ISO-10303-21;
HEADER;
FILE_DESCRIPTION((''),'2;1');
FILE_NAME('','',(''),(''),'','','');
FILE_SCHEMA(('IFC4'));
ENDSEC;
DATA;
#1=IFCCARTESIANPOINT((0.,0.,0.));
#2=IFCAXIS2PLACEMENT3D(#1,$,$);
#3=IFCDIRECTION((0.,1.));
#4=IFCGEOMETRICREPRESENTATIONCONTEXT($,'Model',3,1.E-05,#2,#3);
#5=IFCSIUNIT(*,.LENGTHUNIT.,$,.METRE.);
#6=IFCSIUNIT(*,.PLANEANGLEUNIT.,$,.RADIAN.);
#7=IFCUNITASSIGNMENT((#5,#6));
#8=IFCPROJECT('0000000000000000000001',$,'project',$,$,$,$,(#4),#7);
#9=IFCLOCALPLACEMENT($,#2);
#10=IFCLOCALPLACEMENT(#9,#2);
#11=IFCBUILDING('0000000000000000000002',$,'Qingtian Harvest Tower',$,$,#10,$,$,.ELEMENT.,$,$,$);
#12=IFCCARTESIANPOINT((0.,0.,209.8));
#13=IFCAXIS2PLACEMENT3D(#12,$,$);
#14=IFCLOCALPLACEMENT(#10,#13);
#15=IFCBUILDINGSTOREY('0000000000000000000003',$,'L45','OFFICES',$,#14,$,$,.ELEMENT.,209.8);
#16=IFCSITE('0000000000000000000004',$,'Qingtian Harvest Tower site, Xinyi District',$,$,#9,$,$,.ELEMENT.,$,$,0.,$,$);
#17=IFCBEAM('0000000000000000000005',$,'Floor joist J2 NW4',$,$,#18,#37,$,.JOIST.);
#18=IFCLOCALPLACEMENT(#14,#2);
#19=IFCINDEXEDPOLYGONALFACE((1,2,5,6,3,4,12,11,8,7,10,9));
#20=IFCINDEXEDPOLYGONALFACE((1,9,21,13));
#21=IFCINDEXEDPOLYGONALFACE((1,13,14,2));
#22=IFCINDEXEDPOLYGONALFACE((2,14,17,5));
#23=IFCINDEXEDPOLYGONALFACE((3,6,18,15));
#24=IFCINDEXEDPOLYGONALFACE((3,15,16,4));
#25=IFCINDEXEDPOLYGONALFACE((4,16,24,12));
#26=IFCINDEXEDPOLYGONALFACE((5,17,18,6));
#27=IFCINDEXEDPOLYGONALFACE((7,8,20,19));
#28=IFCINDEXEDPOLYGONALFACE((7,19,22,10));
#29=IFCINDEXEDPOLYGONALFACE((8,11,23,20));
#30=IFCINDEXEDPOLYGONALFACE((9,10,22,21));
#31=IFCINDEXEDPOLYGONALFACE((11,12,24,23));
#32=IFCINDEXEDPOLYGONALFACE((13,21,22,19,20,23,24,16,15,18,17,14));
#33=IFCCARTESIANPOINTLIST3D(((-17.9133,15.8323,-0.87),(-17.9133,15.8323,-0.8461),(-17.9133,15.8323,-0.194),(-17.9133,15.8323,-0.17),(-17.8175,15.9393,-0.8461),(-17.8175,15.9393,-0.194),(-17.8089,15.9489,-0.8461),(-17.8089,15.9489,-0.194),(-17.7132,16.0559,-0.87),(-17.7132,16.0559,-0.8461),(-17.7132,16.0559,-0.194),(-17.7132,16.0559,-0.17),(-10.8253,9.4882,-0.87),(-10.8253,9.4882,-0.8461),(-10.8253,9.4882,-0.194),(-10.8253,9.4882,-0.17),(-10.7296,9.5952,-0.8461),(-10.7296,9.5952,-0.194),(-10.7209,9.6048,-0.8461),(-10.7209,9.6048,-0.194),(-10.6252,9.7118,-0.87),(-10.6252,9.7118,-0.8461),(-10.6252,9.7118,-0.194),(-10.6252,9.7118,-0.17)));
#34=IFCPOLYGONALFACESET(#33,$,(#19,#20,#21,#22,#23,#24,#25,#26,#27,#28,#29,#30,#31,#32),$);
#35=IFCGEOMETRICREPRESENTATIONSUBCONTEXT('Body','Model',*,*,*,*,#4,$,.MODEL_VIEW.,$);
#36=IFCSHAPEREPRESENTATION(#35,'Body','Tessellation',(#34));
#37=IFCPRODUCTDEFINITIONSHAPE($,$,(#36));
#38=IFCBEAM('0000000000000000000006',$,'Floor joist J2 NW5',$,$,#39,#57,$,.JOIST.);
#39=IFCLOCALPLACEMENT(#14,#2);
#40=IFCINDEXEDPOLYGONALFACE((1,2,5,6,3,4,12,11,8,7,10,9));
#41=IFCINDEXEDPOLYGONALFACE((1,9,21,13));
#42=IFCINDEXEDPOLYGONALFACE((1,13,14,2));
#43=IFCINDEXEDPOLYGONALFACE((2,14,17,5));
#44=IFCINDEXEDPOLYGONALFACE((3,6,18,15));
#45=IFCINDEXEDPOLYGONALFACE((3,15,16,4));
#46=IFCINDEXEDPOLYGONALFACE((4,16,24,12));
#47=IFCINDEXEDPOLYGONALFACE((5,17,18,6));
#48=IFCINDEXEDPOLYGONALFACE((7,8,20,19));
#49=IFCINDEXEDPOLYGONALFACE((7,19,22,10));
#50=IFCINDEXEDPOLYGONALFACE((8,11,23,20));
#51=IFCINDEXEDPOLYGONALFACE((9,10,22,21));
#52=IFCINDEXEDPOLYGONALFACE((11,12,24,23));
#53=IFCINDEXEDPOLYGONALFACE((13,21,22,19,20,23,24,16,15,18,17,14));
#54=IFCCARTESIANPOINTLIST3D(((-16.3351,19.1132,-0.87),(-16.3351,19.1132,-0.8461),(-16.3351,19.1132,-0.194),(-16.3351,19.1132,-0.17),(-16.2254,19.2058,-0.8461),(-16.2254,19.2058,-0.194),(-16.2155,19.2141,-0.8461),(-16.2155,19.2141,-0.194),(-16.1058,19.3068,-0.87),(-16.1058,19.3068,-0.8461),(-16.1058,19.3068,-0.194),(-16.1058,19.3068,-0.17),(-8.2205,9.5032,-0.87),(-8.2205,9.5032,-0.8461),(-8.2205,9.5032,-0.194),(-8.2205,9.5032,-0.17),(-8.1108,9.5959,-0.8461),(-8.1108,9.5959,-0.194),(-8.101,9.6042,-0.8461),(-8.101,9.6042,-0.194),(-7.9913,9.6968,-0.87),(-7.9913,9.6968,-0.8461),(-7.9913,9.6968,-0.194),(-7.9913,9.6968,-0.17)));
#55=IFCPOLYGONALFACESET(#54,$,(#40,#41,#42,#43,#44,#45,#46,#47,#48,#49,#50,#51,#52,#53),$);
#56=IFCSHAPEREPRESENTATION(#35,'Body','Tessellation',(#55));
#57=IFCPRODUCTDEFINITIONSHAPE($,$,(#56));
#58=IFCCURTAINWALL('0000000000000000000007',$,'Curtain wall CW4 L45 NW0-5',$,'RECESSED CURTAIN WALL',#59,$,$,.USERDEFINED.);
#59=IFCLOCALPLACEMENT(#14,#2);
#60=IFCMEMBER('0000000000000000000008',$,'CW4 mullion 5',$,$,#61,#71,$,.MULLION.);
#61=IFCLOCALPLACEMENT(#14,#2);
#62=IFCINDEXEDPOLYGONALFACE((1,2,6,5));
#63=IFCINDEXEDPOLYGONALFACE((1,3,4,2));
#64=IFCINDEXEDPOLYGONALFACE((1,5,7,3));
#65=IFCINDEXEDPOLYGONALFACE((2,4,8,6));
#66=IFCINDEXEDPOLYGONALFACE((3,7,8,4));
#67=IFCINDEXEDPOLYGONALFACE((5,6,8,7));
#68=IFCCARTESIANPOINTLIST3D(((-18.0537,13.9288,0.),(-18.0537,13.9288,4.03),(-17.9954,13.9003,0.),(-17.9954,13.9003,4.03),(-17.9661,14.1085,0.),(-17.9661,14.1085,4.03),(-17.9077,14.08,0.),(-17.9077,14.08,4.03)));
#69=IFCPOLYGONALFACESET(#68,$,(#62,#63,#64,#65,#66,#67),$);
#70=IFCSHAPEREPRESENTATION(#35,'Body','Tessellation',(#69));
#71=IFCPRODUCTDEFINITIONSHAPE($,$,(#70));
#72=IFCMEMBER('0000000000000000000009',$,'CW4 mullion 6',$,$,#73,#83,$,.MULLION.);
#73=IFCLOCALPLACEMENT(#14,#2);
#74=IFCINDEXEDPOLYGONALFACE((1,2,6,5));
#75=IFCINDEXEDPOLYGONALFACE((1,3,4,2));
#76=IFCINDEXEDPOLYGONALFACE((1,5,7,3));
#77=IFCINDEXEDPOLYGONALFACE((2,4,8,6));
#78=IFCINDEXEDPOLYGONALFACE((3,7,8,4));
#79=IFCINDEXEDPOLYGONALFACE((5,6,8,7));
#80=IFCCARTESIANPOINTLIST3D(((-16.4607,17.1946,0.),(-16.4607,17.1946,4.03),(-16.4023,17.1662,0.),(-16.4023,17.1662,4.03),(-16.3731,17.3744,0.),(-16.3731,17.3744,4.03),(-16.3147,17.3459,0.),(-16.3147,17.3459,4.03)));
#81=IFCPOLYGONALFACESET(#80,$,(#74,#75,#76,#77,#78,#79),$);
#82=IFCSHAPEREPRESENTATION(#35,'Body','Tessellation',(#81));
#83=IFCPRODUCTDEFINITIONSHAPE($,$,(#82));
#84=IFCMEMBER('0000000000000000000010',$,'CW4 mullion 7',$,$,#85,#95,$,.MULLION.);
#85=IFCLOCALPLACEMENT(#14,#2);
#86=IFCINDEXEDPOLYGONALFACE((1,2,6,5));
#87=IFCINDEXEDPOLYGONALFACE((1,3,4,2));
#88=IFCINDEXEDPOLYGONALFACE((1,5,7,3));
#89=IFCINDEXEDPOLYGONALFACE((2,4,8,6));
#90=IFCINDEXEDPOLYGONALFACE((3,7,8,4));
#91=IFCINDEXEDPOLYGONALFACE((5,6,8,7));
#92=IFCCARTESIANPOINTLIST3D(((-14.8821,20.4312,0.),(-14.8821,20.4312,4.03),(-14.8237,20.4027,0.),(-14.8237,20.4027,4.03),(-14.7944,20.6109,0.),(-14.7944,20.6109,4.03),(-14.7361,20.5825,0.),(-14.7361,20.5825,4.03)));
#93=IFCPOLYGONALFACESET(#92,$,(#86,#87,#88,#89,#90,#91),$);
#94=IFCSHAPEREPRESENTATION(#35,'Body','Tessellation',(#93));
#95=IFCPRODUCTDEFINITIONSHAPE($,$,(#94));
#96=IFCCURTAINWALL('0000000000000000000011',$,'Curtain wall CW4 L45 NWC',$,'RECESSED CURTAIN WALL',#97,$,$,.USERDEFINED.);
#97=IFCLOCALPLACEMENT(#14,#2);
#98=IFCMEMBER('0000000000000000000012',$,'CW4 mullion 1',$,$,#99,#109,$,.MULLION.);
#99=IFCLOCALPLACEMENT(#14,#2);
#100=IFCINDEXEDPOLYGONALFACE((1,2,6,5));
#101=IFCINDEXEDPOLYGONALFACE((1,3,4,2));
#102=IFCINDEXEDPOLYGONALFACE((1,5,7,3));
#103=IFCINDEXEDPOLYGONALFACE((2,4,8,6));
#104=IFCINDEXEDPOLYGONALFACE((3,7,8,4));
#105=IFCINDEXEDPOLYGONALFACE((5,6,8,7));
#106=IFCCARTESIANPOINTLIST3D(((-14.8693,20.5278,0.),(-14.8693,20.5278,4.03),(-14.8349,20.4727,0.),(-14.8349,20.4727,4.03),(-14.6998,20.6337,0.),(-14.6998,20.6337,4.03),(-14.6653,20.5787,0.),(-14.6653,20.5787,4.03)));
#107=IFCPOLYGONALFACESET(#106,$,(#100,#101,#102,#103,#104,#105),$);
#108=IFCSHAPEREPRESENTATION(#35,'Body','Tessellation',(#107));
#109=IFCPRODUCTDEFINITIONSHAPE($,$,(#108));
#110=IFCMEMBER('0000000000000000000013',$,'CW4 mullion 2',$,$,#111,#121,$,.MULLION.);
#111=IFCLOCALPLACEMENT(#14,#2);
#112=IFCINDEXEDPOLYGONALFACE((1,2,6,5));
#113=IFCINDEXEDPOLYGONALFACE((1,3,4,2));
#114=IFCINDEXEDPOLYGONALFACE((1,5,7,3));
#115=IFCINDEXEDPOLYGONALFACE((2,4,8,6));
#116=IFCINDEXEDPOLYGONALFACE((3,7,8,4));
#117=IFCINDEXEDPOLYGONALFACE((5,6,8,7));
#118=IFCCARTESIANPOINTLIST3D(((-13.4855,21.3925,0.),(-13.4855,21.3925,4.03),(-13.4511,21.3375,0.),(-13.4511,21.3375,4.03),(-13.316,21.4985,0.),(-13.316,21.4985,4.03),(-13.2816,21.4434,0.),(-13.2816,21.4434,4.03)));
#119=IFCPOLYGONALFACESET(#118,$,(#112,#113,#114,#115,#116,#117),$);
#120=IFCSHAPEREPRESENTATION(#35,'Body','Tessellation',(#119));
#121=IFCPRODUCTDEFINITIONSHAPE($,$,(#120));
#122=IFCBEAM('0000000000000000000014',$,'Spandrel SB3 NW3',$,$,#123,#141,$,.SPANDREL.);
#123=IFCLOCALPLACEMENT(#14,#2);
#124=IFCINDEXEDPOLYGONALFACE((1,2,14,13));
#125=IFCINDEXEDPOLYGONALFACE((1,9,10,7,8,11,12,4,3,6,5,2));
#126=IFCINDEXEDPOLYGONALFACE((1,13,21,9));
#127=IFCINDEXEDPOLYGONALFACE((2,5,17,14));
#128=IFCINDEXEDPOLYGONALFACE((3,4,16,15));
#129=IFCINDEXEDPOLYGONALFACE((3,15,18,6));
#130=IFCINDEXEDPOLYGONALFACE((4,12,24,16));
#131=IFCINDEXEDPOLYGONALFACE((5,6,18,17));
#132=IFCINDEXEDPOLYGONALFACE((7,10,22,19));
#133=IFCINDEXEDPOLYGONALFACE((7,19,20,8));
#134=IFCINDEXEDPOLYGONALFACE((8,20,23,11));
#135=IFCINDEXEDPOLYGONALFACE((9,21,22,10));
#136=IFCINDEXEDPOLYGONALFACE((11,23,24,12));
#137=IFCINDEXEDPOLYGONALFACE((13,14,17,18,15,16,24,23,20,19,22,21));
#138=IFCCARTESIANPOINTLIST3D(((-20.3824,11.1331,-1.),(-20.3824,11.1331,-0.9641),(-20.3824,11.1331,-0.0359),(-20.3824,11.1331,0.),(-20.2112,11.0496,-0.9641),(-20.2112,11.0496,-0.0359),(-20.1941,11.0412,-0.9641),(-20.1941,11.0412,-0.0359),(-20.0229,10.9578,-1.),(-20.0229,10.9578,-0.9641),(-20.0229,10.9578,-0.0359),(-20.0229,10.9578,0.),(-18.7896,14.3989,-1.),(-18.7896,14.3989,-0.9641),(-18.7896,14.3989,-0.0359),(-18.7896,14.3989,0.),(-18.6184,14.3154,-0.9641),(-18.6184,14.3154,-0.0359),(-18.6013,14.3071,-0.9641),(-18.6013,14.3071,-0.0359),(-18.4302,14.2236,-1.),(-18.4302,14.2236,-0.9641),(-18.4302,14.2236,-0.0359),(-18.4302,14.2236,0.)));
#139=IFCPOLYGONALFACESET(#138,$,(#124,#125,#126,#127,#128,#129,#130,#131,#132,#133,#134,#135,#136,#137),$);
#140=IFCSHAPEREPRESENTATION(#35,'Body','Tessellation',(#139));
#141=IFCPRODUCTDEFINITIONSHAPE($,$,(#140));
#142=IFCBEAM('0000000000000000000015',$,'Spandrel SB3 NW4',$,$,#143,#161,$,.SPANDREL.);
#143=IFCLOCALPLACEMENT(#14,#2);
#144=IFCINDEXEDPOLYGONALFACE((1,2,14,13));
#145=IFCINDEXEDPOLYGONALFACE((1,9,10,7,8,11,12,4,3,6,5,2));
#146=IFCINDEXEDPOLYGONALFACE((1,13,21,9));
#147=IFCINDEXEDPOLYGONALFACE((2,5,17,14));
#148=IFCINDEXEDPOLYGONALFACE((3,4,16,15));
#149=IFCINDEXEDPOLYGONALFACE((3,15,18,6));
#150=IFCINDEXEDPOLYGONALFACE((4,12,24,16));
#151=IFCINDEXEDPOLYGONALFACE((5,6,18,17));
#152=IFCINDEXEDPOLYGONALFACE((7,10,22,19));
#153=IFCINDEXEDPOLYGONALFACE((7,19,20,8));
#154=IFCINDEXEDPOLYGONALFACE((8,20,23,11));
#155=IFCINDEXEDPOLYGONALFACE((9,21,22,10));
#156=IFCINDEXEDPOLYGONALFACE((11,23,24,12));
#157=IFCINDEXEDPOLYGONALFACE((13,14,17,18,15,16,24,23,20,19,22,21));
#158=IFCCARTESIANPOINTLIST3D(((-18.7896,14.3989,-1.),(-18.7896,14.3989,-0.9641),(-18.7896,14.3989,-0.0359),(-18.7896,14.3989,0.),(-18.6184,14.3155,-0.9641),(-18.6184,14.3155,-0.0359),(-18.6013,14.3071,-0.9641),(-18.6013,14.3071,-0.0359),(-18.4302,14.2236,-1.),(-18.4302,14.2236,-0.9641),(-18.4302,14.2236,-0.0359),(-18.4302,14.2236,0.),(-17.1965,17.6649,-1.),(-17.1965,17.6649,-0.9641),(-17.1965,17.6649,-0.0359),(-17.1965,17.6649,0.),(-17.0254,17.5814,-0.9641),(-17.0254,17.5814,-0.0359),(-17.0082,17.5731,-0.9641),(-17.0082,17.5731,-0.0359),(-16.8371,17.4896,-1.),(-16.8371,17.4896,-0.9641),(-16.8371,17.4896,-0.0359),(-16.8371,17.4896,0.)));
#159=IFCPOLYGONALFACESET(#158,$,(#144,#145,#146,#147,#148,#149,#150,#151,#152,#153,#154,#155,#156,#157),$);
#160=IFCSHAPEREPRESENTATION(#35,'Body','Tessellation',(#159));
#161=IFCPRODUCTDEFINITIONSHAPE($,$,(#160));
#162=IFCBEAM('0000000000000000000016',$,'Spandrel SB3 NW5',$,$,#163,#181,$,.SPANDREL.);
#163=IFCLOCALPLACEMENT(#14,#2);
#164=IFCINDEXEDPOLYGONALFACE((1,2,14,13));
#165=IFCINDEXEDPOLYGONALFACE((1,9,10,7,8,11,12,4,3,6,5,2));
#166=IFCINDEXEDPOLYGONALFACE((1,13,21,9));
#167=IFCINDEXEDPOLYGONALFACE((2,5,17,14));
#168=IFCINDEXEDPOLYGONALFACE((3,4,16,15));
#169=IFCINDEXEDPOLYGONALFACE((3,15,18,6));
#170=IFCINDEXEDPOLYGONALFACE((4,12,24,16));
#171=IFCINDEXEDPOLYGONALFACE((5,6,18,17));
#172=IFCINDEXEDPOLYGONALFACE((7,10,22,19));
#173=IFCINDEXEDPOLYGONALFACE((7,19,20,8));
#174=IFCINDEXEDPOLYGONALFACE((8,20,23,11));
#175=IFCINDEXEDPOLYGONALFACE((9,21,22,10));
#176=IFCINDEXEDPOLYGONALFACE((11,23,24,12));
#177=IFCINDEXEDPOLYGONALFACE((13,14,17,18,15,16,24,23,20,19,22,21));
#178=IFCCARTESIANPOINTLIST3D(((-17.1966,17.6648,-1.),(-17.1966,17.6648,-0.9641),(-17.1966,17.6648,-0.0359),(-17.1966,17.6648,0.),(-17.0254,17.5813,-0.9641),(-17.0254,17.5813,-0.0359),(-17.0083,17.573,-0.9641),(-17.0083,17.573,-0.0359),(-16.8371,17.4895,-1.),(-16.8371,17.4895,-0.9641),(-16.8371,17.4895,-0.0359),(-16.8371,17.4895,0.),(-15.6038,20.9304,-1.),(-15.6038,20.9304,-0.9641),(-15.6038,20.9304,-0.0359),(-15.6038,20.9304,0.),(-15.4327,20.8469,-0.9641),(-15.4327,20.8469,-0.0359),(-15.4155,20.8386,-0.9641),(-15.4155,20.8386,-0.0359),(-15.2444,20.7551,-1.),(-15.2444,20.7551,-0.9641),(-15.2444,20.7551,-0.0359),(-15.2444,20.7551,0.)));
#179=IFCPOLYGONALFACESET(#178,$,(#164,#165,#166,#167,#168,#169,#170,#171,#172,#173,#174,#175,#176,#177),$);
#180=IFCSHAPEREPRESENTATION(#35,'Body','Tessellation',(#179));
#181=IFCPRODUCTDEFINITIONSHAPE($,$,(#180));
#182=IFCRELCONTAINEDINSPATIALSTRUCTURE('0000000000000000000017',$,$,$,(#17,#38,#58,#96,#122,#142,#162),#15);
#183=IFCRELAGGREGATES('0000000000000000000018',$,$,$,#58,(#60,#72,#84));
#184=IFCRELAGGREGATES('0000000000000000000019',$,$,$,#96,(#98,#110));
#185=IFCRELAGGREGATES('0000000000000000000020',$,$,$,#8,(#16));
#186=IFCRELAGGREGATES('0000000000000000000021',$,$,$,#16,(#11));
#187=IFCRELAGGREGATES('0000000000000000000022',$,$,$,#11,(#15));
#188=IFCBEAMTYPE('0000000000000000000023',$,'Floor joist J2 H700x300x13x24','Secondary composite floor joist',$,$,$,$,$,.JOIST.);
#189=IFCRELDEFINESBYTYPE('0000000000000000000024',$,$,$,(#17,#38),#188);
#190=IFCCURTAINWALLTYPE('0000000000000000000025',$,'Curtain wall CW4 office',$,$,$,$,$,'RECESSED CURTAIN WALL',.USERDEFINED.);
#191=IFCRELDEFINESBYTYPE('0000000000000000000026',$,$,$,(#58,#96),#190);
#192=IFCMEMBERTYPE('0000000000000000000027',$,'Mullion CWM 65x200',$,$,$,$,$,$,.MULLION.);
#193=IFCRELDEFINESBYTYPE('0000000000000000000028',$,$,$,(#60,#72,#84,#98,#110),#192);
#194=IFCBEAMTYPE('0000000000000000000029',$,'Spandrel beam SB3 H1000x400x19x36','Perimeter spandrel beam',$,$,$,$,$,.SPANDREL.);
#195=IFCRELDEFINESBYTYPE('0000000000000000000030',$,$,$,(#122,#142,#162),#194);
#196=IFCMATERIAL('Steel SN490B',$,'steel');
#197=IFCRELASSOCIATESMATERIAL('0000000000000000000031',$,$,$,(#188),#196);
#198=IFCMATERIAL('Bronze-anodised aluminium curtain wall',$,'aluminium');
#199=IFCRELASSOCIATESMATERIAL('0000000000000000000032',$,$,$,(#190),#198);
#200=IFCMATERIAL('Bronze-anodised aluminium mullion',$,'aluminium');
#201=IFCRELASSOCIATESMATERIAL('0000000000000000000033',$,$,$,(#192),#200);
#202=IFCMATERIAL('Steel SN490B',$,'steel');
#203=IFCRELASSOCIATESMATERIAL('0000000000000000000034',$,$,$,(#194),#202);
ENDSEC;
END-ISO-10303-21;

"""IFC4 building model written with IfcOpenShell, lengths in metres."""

from ifc_helpers import new_model, si_unit, direction, frame, origin, origin_2d, place, context, subcontext, project, spatial, rectangle, i_section, extrude, material, material_profile, profile_set, type_object, element, aggregate, save


model = new_model("IFC4")

# Units and contexts
model_context = context("Model", 3, precision=1e-05, world=origin(), true_north=direction((0.0, 1.0)))
body_context = subcontext(model_context, "Body", "Model", "MODEL_VIEW")
ifc_project = project(units=[si_unit("LENGTHUNIT", "METRE"), si_unit("PLANEANGLEUNIT", "RADIAN")], contexts=[model_context])

# Site, building, storey
site_placement = place(None, origin())
site = spatial("IfcSite", under=ifc_project, at=site_placement, Name="Qingtian Harvest Tower site, Xinyi District", CompositionType="ELEMENT", RefElevation=0.0)
building_placement = place(site_placement, origin())
building = spatial("IfcBuilding", under=site, at=building_placement, Name="Qingtian Harvest Tower", CompositionType="ELEMENT")
storey_placement = place(building_placement, frame((0.0, 0.0, 209.8)))
storey = spatial("IfcBuildingStorey", under=building, at=storey_placement, Name="L45", Description="OFFICES", CompositionType="ELEMENT", Elevation=209.8)

# Beams
ifc_material_1 = material(Name="Steel SN490B", Category="steel")
ifc_material_profile_1 = material_profile(ifc_material_1, i_section(OverallWidth=0.3, OverallDepth=0.7, WebThickness=0.0129, FlangeThickness=0.0239, at=origin_2d()), Name="H700x300x13x24")
ifc_profile_set_1 = profile_set([ifc_material_profile_1], Name="Steel SN490B")
beam_type_1 = type_object("IfcBeamType", Name="Floor joist J2 H700x300x13x24", Description="Secondary composite floor joist", PredefinedType="JOIST", material=ifc_profile_set_1)
beam_1_placement = place(storey_placement, frame((-17.8132, 15.9441, -0.52), z_axis=(0.745127, -0.666923, 0.0), x_axis=(0.666923, 0.745127, 0.0)))
element("IfcBeam", 1, at=beam_1_placement, inside=storey, type_object=beam_type_1, Name="Floor joist J2 NW4", PredefinedType="JOIST", context=body_context, shape_type="SweptSolid", body=[
    extrude(i_section(OverallWidth=0.3, OverallDepth=0.7, WebThickness=0.0129, FlangeThickness=0.0239, at=origin_2d()), origin(), (0.0, 0.0, 1.0), 9.5125),
])
beam_2_placement = place(storey_placement, frame((-16.2205, 19.21, -0.52), z_axis=(0.645158, -0.764049, 0.0), x_axis=(0.764049, 0.645158, 0.0)))
element("IfcBeam", 2, at=beam_2_placement, inside=storey, type_object=beam_type_1, Name="Floor joist J2 NW5", PredefinedType="JOIST", context=body_context, shape_type="SweptSolid", body=[
    extrude(i_section(OverallWidth=0.3, OverallDepth=0.7, WebThickness=0.0129, FlangeThickness=0.0239, at=origin_2d()), origin(), (0.0, 0.0, 1.0), 12.5776),
])

# Curtain walls, members
ifc_material_2 = material(Name="Bronze-anodised aluminium curtain wall", Category="aluminium")
curtain_wall_type = type_object("IfcCurtainWallType", Name="Curtain wall CW4 office", ElementType="RECESSED CURTAIN WALL", PredefinedType="USERDEFINED", material=ifc_material_2)
curtain_wall_1_placement = place(storey_placement, origin())
curtain_wall_1 = element("IfcCurtainWall", 3, at=curtain_wall_1_placement, inside=storey, type_object=curtain_wall_type, Name="Curtain wall CW4 L45 NW0-5", ObjectType="RECESSED CURTAIN WALL", PredefinedType="USERDEFINED")
ifc_material_3 = material(Name="Bronze-anodised aluminium mullion", Category="aluminium")
ifc_material_profile_2 = material_profile(ifc_material_3, rectangle(XDim=0.0649, YDim=0.2, at=origin_2d()), Name="AL 65x200")
ifc_profile_set_2 = profile_set([ifc_material_profile_2], Name="Bronze-anodised aluminium mullion")
member_type_1 = type_object("IfcMemberType", Name="Mullion CWM 65x200", PredefinedType="MULLION", material=ifc_profile_set_2)
member_1_placement = place(storey_placement, frame((-17.9807, 14.0044, 0.0), z_axis=(0.0, 0.0, 1.0), x_axis=(-0.898794, 0.438371, 0.0)))
member_1 = element("IfcMember", 4, at=member_1_placement, type_object=member_type_1, Name="CW4 mullion 5", PredefinedType="MULLION", context=body_context, shape_type="SweptSolid", body=[
    extrude(rectangle(XDim=0.0649, YDim=0.2, at=origin_2d()), origin(), (0.0, 0.0, 1.0), 4.03),
])
member_2_placement = place(storey_placement, frame((-16.3877, 17.2703, 0.0), z_axis=(0.0, 0.0, 1.0), x_axis=(-0.898794, 0.438371, 0.0)))
member_2 = element("IfcMember", 5, at=member_2_placement, type_object=member_type_1, Name="CW4 mullion 6", PredefinedType="MULLION", context=body_context, shape_type="SweptSolid", body=[
    extrude(rectangle(XDim=0.0649, YDim=0.2, at=origin_2d()), origin(), (0.0, 0.0, 1.0), 4.03),
])
member_3_placement = place(storey_placement, frame((-14.8091, 20.5068, 0.0), z_axis=(0.0, 0.0, 1.0), x_axis=(-0.898794, 0.438371, 0.0)))
member_3 = element("IfcMember", 6, at=member_3_placement, type_object=member_type_1, Name="CW4 mullion 7", PredefinedType="MULLION", context=body_context, shape_type="SweptSolid", body=[
    extrude(rectangle(XDim=0.0649, YDim=0.2, at=origin_2d()), origin(), (0.0, 0.0, 1.0), 4.03),
])
curtain_wall_2_placement = place(storey_placement, origin())
curtain_wall_2 = element("IfcCurtainWall", 7, at=curtain_wall_2_placement, inside=storey, type_object=curtain_wall_type, Name="Curtain wall CW4 L45 NWC", ObjectType="RECESSED CURTAIN WALL", PredefinedType="USERDEFINED")
member_4_placement = place(storey_placement, frame((-14.7673, 20.5532, 0.0), z_axis=(0.0, 0.0, 1.0), x_axis=(-0.529919, 0.848048, 0.0)))
member_4 = element("IfcMember", 8, at=member_4_placement, type_object=member_type_1, Name="CW4 mullion 1", PredefinedType="MULLION", context=body_context, shape_type="SweptSolid", body=[
    extrude(rectangle(XDim=0.0649, YDim=0.2, at=origin_2d()), origin(), (0.0, 0.0, 1.0), 4.03),
])
member_5_placement = place(storey_placement, frame((-13.3835, 21.418, 0.0), z_axis=(0.0, 0.0, 1.0), x_axis=(-0.529919, 0.848048, 0.0)))
member_5 = element("IfcMember", 9, at=member_5_placement, type_object=member_type_1, Name="CW4 mullion 2", PredefinedType="MULLION", context=body_context, shape_type="SweptSolid", body=[
    extrude(rectangle(XDim=0.0649, YDim=0.2, at=origin_2d()), origin(), (0.0, 0.0, 1.0), 4.03),
])

# Beams
ifc_material_4 = material(Name="Steel SN490B", Category="steel")
ifc_material_profile_3 = material_profile(ifc_material_4, i_section(OverallWidth=0.3999, OverallDepth=1.0, WebThickness=0.019, FlangeThickness=0.0359, at=origin_2d()), Name="H1000x400x19x36")
ifc_profile_set_3 = profile_set([ifc_material_profile_3], Name="Steel SN490B")
beam_type_2 = type_object("IfcBeamType", Name="Spandrel beam SB3 H1000x400x19x36", Description="Perimeter spandrel beam", PredefinedType="SPANDREL", material=ifc_profile_set_3)
beam_3_placement = place(storey_placement, frame((-20.2026, 11.0454, -0.5), z_axis=(0.438349, 0.898805, 0.0), x_axis=(-0.898805, 0.438349, 0.0)))
element("IfcBeam", 10, at=beam_3_placement, inside=storey, type_object=beam_type_2, Name="Spandrel SB3 NW3", PredefinedType="SPANDREL", context=body_context, shape_type="SweptSolid", body=[
    extrude(i_section(OverallWidth=0.3999, OverallDepth=1.0, WebThickness=0.019, FlangeThickness=0.0359, at=origin_2d()), origin(), (0.0, 0.0, 1.0), 3.6335),
])
beam_4_placement = place(storey_placement, frame((-18.6099, 14.3113, -0.5), z_axis=(0.438404, 0.898778, 0.0), x_axis=(-0.898778, 0.438404, 0.0)))
element("IfcBeam", 11, at=beam_4_placement, inside=storey, type_object=beam_type_2, Name="Spandrel SB3 NW4", PredefinedType="SPANDREL", context=body_context, shape_type="SweptSolid", body=[
    extrude(i_section(OverallWidth=0.3999, OverallDepth=1.0, WebThickness=0.019, FlangeThickness=0.0359, at=origin_2d()), origin(), (0.0, 0.0, 1.0), 3.6338),
])
beam_5_placement = place(storey_placement, frame((-17.0168, 17.5771, -0.5), z_axis=(0.438376, 0.898792, 0.0), x_axis=(-0.898792, 0.438376, 0.0)))
element("IfcBeam", 12, at=beam_5_placement, inside=storey, type_object=beam_type_2, Name="Spandrel SB3 NW5", PredefinedType="SPANDREL", context=body_context, shape_type="SweptSolid", body=[
    extrude(i_section(OverallWidth=0.3999, OverallDepth=1.0, WebThickness=0.019, FlangeThickness=0.0359, at=origin_2d()), origin(), (0.0, 0.0, 1.0), 3.6333),
])

aggregate(curtain_wall_1, [member_1, member_2, member_3])
aggregate(curtain_wall_2, [member_4, member_5])

save(model, "model.ifc")
